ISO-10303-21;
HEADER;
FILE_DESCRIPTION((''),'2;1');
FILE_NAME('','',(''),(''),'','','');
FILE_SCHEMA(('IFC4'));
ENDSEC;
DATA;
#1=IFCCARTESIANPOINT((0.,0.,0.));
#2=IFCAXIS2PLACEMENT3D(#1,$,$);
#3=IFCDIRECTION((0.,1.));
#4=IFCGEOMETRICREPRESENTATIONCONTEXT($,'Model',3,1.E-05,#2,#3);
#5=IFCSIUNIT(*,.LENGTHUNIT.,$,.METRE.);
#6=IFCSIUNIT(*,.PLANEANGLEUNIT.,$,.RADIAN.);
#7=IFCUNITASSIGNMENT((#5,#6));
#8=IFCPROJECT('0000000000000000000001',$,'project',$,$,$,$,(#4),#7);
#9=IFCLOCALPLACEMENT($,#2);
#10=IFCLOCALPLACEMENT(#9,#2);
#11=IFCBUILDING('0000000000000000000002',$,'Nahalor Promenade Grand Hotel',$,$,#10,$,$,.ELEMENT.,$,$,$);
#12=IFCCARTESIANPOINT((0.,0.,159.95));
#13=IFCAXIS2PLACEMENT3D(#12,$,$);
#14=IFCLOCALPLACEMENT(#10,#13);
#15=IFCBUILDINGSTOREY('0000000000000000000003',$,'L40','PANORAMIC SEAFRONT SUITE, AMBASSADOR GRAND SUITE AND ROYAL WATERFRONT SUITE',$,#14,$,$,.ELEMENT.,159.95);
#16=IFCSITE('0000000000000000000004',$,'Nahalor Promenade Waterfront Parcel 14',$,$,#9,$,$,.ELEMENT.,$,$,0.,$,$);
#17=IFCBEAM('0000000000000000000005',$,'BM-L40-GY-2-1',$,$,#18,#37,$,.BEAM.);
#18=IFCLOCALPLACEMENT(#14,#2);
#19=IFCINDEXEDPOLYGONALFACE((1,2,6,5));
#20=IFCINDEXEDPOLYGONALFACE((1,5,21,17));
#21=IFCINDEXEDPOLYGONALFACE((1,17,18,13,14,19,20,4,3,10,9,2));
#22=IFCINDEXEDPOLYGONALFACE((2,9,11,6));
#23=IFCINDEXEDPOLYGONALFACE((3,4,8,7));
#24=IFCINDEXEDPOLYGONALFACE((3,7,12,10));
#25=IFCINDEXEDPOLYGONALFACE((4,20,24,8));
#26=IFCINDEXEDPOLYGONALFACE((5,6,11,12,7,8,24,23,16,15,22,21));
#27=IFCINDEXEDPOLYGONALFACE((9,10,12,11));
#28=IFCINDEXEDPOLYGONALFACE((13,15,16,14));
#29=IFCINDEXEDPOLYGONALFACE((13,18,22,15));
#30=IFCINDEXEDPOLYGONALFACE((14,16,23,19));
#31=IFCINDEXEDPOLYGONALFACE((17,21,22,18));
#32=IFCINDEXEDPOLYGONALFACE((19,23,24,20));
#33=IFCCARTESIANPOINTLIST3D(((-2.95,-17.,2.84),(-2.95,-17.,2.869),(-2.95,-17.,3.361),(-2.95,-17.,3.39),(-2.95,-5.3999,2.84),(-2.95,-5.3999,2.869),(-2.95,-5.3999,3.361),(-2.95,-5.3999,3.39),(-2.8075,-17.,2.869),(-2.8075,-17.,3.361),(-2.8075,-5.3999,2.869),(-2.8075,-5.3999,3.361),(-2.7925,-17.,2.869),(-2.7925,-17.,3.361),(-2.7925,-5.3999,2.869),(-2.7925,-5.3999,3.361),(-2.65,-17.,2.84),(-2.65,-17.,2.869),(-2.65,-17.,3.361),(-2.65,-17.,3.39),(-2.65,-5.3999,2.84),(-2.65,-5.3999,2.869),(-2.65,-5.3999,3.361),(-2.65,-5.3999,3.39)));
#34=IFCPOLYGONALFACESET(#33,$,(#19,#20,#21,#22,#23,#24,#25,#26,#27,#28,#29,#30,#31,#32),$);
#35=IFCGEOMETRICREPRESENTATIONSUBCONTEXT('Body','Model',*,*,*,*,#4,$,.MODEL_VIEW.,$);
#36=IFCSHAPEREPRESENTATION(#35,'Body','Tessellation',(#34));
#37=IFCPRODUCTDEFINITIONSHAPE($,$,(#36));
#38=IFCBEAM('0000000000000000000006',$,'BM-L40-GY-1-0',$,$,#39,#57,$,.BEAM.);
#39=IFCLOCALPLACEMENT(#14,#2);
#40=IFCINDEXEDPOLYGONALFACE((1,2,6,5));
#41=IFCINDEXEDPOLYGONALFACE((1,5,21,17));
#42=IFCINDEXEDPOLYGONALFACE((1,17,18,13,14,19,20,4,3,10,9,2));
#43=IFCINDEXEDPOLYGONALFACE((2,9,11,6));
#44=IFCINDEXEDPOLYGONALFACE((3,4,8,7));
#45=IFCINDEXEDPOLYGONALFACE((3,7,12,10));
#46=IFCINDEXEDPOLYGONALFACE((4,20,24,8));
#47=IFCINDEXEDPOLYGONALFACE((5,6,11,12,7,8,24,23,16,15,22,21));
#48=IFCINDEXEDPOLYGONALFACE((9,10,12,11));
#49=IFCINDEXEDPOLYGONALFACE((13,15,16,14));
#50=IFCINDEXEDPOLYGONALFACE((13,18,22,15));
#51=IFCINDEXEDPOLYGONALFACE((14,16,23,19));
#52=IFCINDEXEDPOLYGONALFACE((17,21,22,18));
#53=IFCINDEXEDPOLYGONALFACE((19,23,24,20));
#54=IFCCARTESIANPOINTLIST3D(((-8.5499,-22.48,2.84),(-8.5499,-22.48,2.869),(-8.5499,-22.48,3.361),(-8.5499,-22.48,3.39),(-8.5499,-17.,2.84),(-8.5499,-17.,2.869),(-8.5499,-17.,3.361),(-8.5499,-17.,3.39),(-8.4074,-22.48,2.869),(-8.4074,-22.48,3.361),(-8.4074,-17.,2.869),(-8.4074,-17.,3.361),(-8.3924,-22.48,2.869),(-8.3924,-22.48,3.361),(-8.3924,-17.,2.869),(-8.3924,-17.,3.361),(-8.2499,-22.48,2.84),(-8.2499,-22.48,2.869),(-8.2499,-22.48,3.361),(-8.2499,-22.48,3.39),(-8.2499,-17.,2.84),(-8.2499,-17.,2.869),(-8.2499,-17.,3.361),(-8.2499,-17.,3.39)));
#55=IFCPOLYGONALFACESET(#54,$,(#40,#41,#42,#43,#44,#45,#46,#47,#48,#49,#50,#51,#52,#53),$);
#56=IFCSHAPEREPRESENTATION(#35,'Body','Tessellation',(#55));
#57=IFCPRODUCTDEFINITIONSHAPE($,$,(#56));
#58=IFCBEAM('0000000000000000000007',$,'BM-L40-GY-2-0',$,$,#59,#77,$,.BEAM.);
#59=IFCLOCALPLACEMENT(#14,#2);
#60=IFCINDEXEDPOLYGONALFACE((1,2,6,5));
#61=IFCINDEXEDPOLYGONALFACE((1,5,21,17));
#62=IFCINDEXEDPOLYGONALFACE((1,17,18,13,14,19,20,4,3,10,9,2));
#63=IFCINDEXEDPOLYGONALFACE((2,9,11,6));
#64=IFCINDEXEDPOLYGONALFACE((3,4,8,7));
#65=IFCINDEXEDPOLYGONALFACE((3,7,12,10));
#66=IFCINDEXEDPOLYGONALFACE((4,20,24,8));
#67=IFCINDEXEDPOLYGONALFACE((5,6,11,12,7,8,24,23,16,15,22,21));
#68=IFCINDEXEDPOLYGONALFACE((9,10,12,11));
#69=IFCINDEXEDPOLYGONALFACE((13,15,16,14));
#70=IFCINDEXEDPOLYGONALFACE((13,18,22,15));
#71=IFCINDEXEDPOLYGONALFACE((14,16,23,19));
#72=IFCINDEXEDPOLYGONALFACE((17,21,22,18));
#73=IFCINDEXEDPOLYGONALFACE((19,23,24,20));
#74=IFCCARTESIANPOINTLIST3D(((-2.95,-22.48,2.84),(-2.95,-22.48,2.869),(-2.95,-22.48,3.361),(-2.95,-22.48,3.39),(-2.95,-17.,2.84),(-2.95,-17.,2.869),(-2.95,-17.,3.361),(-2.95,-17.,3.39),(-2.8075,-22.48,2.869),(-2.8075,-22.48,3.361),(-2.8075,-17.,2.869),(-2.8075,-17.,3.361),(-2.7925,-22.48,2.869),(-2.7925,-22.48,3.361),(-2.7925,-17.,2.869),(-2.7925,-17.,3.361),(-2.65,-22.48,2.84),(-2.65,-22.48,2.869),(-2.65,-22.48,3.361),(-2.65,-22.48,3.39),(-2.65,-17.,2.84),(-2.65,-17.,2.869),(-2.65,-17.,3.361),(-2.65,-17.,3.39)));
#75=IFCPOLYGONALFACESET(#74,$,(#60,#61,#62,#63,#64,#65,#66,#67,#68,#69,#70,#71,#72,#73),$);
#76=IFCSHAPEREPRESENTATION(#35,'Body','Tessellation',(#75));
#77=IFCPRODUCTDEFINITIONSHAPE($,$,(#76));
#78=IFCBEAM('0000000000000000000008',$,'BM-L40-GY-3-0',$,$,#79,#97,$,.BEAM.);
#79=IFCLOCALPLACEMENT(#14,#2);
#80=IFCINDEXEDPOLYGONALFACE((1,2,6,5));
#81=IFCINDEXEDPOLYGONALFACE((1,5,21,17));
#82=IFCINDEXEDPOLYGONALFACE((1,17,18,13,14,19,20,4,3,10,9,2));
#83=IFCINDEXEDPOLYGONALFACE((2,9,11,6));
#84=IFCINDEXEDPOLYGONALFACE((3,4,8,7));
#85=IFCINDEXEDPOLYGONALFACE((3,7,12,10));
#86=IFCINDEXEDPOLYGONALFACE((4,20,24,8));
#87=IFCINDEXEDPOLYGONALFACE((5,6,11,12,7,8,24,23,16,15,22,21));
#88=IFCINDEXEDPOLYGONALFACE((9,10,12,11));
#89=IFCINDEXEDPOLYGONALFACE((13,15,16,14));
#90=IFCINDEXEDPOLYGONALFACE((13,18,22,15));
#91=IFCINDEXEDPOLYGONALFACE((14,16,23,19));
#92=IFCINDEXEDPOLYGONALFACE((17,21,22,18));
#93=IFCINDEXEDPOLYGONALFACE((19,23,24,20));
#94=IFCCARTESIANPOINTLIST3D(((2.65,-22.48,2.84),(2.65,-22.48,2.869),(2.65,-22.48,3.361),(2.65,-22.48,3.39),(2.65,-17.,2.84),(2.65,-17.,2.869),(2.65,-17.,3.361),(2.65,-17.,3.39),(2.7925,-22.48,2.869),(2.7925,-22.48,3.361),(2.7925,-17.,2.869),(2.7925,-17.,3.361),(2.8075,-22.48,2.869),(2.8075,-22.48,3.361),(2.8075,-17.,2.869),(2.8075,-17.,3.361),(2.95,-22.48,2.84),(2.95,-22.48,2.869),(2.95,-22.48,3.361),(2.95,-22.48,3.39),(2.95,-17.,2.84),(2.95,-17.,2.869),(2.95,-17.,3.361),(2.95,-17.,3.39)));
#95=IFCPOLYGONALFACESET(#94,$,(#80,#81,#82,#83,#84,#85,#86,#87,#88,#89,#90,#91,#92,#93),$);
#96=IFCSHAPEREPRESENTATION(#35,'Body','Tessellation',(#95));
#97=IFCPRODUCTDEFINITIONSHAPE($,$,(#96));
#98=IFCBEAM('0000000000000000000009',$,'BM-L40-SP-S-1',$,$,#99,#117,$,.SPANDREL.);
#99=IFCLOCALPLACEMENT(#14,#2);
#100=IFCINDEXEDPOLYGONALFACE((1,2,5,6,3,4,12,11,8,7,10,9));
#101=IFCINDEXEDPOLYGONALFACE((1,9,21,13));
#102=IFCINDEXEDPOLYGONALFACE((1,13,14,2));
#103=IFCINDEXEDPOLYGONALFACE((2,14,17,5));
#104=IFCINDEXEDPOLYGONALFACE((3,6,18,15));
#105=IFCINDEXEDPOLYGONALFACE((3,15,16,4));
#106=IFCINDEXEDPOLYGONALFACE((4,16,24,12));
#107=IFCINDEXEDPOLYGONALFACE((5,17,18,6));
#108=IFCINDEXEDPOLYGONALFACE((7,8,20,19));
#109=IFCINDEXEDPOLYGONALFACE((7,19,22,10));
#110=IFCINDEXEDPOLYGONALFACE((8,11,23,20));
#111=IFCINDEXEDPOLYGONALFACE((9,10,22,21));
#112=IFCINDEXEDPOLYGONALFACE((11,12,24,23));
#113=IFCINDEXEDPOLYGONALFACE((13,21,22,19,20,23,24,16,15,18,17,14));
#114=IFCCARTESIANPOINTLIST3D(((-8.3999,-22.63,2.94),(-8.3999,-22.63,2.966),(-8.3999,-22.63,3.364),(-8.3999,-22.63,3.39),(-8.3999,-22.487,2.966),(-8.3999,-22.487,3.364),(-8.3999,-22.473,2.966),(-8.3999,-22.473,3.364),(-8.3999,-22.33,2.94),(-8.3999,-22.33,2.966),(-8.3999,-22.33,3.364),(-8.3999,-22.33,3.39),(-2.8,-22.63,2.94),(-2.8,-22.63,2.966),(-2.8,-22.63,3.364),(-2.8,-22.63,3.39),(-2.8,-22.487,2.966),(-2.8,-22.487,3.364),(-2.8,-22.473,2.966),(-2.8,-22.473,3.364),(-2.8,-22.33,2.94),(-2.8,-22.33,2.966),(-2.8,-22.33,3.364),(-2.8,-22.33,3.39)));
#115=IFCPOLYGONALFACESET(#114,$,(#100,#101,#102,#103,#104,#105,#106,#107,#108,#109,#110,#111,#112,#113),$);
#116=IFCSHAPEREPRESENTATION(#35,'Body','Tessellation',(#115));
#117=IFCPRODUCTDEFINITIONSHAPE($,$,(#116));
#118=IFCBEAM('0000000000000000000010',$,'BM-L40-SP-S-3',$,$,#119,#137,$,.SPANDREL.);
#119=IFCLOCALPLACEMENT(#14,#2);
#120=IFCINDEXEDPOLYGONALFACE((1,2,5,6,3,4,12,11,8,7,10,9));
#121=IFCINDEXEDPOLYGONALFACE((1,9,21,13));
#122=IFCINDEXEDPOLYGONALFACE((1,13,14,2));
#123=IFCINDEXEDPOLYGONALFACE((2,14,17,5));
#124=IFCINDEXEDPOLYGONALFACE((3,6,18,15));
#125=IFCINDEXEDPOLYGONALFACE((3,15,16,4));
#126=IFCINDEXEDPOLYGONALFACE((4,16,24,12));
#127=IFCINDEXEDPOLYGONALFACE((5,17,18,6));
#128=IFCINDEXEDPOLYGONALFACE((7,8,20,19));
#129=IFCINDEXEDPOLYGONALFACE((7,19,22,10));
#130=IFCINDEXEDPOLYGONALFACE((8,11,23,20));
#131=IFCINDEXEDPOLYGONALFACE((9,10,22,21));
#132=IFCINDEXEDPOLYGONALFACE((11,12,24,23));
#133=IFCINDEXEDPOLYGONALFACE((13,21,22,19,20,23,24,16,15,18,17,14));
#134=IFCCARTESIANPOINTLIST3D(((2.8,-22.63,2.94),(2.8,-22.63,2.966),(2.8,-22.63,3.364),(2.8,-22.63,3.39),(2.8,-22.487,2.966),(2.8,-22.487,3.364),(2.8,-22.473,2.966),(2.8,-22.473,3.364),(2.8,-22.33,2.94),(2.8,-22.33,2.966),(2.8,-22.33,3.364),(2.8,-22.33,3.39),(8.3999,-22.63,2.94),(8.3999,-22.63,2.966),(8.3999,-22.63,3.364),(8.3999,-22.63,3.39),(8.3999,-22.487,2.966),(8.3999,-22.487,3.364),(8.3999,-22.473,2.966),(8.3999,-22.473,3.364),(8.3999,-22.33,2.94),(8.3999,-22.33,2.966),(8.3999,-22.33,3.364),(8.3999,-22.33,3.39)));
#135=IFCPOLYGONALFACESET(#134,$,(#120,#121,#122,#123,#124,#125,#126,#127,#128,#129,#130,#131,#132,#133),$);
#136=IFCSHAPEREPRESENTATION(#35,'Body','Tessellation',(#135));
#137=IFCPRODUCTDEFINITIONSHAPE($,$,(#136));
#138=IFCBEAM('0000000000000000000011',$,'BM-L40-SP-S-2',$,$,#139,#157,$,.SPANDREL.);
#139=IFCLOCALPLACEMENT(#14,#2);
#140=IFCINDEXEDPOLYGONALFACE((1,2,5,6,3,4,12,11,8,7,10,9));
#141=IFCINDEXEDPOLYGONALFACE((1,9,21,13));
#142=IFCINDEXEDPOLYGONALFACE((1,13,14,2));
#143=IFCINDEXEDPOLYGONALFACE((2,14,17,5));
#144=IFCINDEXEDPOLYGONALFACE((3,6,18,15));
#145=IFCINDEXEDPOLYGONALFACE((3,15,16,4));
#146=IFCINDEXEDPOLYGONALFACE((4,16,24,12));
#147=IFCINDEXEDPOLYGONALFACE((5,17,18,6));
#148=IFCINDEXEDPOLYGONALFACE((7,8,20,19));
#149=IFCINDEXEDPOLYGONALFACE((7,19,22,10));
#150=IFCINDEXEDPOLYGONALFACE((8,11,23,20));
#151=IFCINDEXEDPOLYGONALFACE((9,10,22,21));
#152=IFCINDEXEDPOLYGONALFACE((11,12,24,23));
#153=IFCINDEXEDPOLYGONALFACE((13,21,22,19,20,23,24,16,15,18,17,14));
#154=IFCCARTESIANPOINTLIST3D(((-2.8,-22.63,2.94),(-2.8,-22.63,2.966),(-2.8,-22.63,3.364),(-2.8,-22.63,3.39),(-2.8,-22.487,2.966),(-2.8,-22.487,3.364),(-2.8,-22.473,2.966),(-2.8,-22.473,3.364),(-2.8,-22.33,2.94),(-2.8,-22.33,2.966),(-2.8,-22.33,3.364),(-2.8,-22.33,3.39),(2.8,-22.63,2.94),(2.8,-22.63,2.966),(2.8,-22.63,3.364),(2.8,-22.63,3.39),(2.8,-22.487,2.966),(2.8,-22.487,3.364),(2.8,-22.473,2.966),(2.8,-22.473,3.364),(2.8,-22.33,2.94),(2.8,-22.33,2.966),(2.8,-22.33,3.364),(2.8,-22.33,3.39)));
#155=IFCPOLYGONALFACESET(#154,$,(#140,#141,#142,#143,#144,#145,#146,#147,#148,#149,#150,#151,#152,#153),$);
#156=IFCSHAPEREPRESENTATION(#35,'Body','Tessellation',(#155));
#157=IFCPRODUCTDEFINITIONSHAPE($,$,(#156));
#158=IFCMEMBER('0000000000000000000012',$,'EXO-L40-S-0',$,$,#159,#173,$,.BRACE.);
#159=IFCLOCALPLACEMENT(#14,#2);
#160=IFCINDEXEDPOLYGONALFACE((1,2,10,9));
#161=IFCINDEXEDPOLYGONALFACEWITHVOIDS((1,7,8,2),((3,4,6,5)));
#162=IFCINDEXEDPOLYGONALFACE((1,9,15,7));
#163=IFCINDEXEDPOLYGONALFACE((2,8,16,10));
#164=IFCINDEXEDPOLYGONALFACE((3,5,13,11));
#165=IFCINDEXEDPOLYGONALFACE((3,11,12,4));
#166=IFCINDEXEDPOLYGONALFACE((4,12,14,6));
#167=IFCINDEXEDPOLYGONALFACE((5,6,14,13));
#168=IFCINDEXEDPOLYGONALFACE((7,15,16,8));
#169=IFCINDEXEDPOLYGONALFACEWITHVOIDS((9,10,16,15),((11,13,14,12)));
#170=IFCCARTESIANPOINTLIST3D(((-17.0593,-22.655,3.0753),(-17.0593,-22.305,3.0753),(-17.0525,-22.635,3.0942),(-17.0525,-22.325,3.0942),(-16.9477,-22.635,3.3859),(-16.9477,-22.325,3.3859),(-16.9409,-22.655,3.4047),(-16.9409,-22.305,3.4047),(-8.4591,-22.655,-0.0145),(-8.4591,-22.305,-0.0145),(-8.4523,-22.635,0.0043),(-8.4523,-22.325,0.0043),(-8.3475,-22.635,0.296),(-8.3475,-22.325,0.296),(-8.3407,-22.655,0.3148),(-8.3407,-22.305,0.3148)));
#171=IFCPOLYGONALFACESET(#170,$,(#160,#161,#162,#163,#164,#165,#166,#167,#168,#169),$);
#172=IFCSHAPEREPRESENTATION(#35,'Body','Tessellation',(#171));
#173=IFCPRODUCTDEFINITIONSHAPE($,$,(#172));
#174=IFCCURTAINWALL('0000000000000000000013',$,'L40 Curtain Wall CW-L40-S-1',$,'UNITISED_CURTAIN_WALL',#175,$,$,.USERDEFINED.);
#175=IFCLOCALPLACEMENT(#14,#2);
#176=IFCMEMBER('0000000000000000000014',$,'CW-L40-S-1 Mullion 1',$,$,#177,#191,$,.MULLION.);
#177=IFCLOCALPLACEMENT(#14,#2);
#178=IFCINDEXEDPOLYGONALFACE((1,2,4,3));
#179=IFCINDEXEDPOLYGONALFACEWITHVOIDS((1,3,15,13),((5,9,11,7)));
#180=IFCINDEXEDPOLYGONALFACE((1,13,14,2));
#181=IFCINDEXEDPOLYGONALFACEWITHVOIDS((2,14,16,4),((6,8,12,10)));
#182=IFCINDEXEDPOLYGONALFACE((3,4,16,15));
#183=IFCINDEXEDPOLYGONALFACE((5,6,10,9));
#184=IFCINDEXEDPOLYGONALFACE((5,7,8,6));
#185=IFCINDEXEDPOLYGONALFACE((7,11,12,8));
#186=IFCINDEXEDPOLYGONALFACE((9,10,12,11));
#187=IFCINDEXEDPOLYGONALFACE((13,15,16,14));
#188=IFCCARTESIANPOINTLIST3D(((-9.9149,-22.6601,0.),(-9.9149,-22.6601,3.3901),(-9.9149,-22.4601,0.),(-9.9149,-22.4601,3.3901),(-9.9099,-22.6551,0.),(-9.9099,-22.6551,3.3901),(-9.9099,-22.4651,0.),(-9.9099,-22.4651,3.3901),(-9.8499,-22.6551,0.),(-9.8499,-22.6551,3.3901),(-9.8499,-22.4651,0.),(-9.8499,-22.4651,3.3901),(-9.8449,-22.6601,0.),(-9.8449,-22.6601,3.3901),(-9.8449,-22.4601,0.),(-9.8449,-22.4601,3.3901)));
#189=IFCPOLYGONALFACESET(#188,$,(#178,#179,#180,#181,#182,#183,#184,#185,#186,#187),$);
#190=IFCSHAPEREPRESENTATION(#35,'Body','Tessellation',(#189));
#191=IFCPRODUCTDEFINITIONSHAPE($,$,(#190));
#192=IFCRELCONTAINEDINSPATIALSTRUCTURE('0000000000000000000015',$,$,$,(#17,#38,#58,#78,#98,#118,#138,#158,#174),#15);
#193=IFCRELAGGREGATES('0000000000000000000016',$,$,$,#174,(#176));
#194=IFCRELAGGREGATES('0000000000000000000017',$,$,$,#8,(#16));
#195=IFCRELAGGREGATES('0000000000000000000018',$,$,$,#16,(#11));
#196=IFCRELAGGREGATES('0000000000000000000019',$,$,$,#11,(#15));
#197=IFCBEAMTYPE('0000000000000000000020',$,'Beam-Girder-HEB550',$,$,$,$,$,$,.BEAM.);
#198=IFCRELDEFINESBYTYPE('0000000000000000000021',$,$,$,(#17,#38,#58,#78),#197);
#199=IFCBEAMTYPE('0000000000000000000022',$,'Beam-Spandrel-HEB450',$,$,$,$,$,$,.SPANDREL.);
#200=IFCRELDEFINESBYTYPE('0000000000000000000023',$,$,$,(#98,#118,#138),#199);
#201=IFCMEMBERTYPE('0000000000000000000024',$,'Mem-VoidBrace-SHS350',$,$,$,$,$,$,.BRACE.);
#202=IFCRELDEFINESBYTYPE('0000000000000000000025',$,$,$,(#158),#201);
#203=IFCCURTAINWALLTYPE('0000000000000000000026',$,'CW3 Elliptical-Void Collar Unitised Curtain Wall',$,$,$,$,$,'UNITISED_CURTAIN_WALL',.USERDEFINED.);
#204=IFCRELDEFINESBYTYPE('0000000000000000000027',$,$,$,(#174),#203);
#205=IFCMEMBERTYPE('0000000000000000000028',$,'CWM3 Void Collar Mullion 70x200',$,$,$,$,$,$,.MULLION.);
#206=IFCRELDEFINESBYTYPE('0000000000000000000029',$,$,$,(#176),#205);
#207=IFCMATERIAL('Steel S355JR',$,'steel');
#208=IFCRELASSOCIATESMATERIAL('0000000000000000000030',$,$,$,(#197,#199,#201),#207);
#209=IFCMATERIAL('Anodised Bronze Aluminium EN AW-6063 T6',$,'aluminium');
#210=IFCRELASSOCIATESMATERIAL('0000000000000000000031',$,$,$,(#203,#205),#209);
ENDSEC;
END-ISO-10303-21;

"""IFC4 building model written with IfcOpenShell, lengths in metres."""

from ifc_helpers import new_model, si_unit, direction, frame, origin, origin_2d, place, context, subcontext, project, spatial, hollow_rectangle, i_section, extrude, source, transform, mapped, material, material_profile, profile_set, type_object, element, aggregate, save


model = new_model("IFC4")

# Units and contexts
model_context = context("Model", 3, precision=1e-05, world=origin(), true_north=direction((0.0, 1.0)))
body_context = subcontext(model_context, "Body", "Model", "MODEL_VIEW")
ifc_project = project(units=[si_unit("LENGTHUNIT", "METRE"), si_unit("PLANEANGLEUNIT", "RADIAN")], contexts=[model_context])

# Site, building, storey
site_placement = place(None, origin())
site = spatial("IfcSite", under=ifc_project, at=site_placement, Name="Nahalor Promenade Waterfront Parcel 14", CompositionType="ELEMENT", RefElevation=0.0)
building_placement = place(site_placement, origin())
building = spatial("IfcBuilding", under=site, at=building_placement, Name="Nahalor Promenade Grand Hotel", CompositionType="ELEMENT")
storey_placement = place(building_placement, frame((0.0, 0.0, 159.95)))
storey = spatial("IfcBuildingStorey", under=building, at=storey_placement, Name="L40", Description="PANORAMIC SEAFRONT SUITE, AMBASSADOR GRAND SUITE AND ROYAL WATERFRONT SUITE", CompositionType="ELEMENT", Elevation=159.95)

# Beams
ifc_material_1 = material(Name="Steel S355JR", Category="steel")
ifc_material_profile_1 = material_profile(ifc_material_1, i_section(OverallWidth=0.3, OverallDepth=0.55, WebThickness=0.015, FlangeThickness=0.029, at=origin_2d()), Name="HEB 550")
ifc_profile_set_1 = profile_set([ifc_material_profile_1], Name="Steel S355JR")
beam_type_1 = type_object("IfcBeamType", Name="Beam-Girder-HEB550", PredefinedType="BEAM", material=ifc_profile_set_1)
shared_shape_1 = source(origin(), body_context, "Body", "SweptSolid", [
    extrude(i_section(OverallWidth=0.3, OverallDepth=0.55, WebThickness=0.015, FlangeThickness=0.029, at=origin_2d()), origin(), (0.0, 0.0, 1.0), 11.6001),
])
for number, where, z_axis, x_axis, name in (
    (1, (-2.8, -17.0, 3.115), (0.0, 1.0, 0.0), (-1.0, 0.0, 0.0), "BM-L40-GY-2-1"),
):
    element("IfcBeam", number, at=place(storey_placement, frame(where, z_axis=z_axis, x_axis=x_axis)), inside=storey, type_object=beam_type_1, Name=name, PredefinedType="BEAM", context=body_context, shape_type="MappedRepresentation", body=[
        mapped(shared_shape_1, transform((0.0, 0.0, 0.0), scale=1.0)),
    ])
shared_shape_2 = source(origin(), body_context, "Body", "SweptSolid", [
    extrude(i_section(OverallWidth=0.3, OverallDepth=0.55, WebThickness=0.015, FlangeThickness=0.029, at=origin_2d()), origin(), (0.0, 0.0, 1.0), 5.48),
])
for number, where, z_axis, x_axis, name in (
    (2, (-8.3999, -22.48, 3.115), (0.0, 1.0, 0.0), (-1.0, 0.0, 0.0), "BM-L40-GY-1-0"),
    (3, (-2.8, -22.48, 3.115), (0.0, 1.0, 0.0), (-1.0, 0.0, 0.0), "BM-L40-GY-2-0"),
    (4, (2.8, -22.48, 3.115), (0.0, 1.0, 0.0), (-1.0, 0.0, 0.0), "BM-L40-GY-3-0"),
):
    element("IfcBeam", number, at=place(storey_placement, frame(where, z_axis=z_axis, x_axis=x_axis)), inside=storey, type_object=beam_type_1, Name=name, PredefinedType="BEAM", context=body_context, shape_type="MappedRepresentation", body=[
        mapped(shared_shape_2, transform((0.0, 0.0, 0.0), scale=1.0)),
    ])
ifc_material_profile_2 = material_profile(ifc_material_1, i_section(OverallWidth=0.3, OverallDepth=0.45, WebThickness=0.014, FlangeThickness=0.026, at=origin_2d()), Name="HEB 450")
ifc_profile_set_2 = profile_set([ifc_material_profile_2], Name="Steel S355JR")
beam_type_2 = type_object("IfcBeamType", Name="Beam-Spandrel-HEB450", PredefinedType="SPANDREL", material=ifc_profile_set_2)
shared_shape_3 = source(origin(), body_context, "Body", "SweptSolid", [
    extrude(i_section(OverallWidth=0.3, OverallDepth=0.45, WebThickness=0.014, FlangeThickness=0.026, at=origin_2d()), origin(), (0.0, 0.0, 1.0), 5.5999),
])
for number, where, z_axis, x_axis, name in (
    (5, (-8.3999, -22.48, 3.165), (1.0, 0.0, 0.0), (0.0, 1.0, 0.0), "BM-L40-SP-S-1"),
    (6, (2.8, -22.48, 3.165), (1.0, 0.0, 0.0), (0.0, 1.0, 0.0), "BM-L40-SP-S-3"),
):
    element("IfcBeam", number, at=place(storey_placement, frame(where, z_axis=z_axis, x_axis=x_axis)), inside=storey, type_object=beam_type_2, Name=name, PredefinedType="SPANDREL", context=body_context, shape_type="MappedRepresentation", body=[
        mapped(shared_shape_3, transform((0.0, 0.0, 0.0), scale=1.0)),
    ])
shared_shape_4 = source(origin(), body_context, "Body", "SweptSolid", [
    extrude(i_section(OverallWidth=0.3, OverallDepth=0.45, WebThickness=0.014, FlangeThickness=0.026, at=origin_2d()), origin(), (0.0, 0.0, 1.0), 5.6001),
])
beam_1_placement = place(storey_placement, frame((-2.8, -22.48, 3.165), z_axis=(1.0, 0.0, 0.0), x_axis=(0.0, 1.0, 0.0)))
element("IfcBeam", 7, at=beam_1_placement, inside=storey, type_object=beam_type_2, Name="BM-L40-SP-S-2", PredefinedType="SPANDREL", context=body_context, shape_type="MappedRepresentation", body=[
    mapped(shared_shape_4, transform((0.0, 0.0, 0.0), scale=1.0)),
])

# Member
ifc_material_profile_3 = material_profile(ifc_material_1, hollow_rectangle(XDim=0.35, YDim=0.35, WallThickness=0.02, at=origin_2d()), Name="SHS 350x350x20")
ifc_profile_set_3 = profile_set([ifc_material_profile_3], Name="Steel S355JR")
member_type_1 = type_object("IfcMemberType", Name="Mem-VoidBrace-SHS350", PredefinedType="BRACE", material=ifc_profile_set_3)
shared_shape_5 = source(origin(), body_context, "Body", "SweptSolid", [
    extrude(hollow_rectangle(XDim=0.35, YDim=0.35, WallThickness=0.02, at=origin_2d()), origin(), (0.0, 0.0, 1.0), 9.1384),
])
member_1_placement = place(storey_placement, frame((-8.3999, -22.48, 0.1501), z_axis=(-0.941103, 0.0, 0.33812), x_axis=(0.0, -1.0, 0.0)))
element("IfcMember", 8, at=member_1_placement, inside=storey, type_object=member_type_1, Name="EXO-L40-S-0", PredefinedType="BRACE", context=body_context, shape_type="MappedRepresentation", body=[
    mapped(shared_shape_5, transform((0.0, 0.0, 0.0), scale=1.0)),
])

# Curtain wall, member
ifc_material_2 = material(Name="Anodised Bronze Aluminium EN AW-6063 T6", Category="aluminium")
curtain_wall_type = type_object("IfcCurtainWallType", Name="CW3 Elliptical-Void Collar Unitised Curtain Wall", ElementType="UNITISED_CURTAIN_WALL", PredefinedType="USERDEFINED", material=ifc_material_2)
curtain_wall_placement = place(storey_placement, origin())
curtain_wall = element("IfcCurtainWall", 9, at=curtain_wall_placement, inside=storey, type_object=curtain_wall_type, Name="L40 Curtain Wall CW-L40-S-1", ObjectType="UNITISED_CURTAIN_WALL", PredefinedType="USERDEFINED")
ifc_material_profile_4 = material_profile(ifc_material_2, hollow_rectangle(XDim=0.07, YDim=0.2, WallThickness=0.005, at=origin_2d()), Name="CWM 70x200x5")
ifc_profile_set_4 = profile_set([ifc_material_profile_4], Name="Anodised Bronze Aluminium EN AW-6063 T6")
member_type_2 = type_object("IfcMemberType", Name="CWM3 Void Collar Mullion 70x200", PredefinedType="MULLION", material=ifc_profile_set_4)
shared_shape_6 = source(origin(), body_context, "Body", "SweptSolid", [
    extrude(hollow_rectangle(XDim=0.07, YDim=0.2, WallThickness=0.005, at=origin_2d()), origin(), (0.0, 0.0, 1.0), 3.3901),
])
member_2_placement = place(storey_placement, frame((-9.8799, -22.5601, 0.0), z_axis=(0.0, 0.0, 1.0), x_axis=(1.0, 0.0, 0.0)))
member_2 = element("IfcMember", 10, at=member_2_placement, type_object=member_type_2, Name="CW-L40-S-1 Mullion 1", PredefinedType="MULLION", context=body_context, shape_type="MappedRepresentation", body=[
    mapped(shared_shape_6, transform((0.0, 0.0, 0.0), scale=1.0)),
])
aggregate(curtain_wall, [member_2])

save(model, "model.ifc")
